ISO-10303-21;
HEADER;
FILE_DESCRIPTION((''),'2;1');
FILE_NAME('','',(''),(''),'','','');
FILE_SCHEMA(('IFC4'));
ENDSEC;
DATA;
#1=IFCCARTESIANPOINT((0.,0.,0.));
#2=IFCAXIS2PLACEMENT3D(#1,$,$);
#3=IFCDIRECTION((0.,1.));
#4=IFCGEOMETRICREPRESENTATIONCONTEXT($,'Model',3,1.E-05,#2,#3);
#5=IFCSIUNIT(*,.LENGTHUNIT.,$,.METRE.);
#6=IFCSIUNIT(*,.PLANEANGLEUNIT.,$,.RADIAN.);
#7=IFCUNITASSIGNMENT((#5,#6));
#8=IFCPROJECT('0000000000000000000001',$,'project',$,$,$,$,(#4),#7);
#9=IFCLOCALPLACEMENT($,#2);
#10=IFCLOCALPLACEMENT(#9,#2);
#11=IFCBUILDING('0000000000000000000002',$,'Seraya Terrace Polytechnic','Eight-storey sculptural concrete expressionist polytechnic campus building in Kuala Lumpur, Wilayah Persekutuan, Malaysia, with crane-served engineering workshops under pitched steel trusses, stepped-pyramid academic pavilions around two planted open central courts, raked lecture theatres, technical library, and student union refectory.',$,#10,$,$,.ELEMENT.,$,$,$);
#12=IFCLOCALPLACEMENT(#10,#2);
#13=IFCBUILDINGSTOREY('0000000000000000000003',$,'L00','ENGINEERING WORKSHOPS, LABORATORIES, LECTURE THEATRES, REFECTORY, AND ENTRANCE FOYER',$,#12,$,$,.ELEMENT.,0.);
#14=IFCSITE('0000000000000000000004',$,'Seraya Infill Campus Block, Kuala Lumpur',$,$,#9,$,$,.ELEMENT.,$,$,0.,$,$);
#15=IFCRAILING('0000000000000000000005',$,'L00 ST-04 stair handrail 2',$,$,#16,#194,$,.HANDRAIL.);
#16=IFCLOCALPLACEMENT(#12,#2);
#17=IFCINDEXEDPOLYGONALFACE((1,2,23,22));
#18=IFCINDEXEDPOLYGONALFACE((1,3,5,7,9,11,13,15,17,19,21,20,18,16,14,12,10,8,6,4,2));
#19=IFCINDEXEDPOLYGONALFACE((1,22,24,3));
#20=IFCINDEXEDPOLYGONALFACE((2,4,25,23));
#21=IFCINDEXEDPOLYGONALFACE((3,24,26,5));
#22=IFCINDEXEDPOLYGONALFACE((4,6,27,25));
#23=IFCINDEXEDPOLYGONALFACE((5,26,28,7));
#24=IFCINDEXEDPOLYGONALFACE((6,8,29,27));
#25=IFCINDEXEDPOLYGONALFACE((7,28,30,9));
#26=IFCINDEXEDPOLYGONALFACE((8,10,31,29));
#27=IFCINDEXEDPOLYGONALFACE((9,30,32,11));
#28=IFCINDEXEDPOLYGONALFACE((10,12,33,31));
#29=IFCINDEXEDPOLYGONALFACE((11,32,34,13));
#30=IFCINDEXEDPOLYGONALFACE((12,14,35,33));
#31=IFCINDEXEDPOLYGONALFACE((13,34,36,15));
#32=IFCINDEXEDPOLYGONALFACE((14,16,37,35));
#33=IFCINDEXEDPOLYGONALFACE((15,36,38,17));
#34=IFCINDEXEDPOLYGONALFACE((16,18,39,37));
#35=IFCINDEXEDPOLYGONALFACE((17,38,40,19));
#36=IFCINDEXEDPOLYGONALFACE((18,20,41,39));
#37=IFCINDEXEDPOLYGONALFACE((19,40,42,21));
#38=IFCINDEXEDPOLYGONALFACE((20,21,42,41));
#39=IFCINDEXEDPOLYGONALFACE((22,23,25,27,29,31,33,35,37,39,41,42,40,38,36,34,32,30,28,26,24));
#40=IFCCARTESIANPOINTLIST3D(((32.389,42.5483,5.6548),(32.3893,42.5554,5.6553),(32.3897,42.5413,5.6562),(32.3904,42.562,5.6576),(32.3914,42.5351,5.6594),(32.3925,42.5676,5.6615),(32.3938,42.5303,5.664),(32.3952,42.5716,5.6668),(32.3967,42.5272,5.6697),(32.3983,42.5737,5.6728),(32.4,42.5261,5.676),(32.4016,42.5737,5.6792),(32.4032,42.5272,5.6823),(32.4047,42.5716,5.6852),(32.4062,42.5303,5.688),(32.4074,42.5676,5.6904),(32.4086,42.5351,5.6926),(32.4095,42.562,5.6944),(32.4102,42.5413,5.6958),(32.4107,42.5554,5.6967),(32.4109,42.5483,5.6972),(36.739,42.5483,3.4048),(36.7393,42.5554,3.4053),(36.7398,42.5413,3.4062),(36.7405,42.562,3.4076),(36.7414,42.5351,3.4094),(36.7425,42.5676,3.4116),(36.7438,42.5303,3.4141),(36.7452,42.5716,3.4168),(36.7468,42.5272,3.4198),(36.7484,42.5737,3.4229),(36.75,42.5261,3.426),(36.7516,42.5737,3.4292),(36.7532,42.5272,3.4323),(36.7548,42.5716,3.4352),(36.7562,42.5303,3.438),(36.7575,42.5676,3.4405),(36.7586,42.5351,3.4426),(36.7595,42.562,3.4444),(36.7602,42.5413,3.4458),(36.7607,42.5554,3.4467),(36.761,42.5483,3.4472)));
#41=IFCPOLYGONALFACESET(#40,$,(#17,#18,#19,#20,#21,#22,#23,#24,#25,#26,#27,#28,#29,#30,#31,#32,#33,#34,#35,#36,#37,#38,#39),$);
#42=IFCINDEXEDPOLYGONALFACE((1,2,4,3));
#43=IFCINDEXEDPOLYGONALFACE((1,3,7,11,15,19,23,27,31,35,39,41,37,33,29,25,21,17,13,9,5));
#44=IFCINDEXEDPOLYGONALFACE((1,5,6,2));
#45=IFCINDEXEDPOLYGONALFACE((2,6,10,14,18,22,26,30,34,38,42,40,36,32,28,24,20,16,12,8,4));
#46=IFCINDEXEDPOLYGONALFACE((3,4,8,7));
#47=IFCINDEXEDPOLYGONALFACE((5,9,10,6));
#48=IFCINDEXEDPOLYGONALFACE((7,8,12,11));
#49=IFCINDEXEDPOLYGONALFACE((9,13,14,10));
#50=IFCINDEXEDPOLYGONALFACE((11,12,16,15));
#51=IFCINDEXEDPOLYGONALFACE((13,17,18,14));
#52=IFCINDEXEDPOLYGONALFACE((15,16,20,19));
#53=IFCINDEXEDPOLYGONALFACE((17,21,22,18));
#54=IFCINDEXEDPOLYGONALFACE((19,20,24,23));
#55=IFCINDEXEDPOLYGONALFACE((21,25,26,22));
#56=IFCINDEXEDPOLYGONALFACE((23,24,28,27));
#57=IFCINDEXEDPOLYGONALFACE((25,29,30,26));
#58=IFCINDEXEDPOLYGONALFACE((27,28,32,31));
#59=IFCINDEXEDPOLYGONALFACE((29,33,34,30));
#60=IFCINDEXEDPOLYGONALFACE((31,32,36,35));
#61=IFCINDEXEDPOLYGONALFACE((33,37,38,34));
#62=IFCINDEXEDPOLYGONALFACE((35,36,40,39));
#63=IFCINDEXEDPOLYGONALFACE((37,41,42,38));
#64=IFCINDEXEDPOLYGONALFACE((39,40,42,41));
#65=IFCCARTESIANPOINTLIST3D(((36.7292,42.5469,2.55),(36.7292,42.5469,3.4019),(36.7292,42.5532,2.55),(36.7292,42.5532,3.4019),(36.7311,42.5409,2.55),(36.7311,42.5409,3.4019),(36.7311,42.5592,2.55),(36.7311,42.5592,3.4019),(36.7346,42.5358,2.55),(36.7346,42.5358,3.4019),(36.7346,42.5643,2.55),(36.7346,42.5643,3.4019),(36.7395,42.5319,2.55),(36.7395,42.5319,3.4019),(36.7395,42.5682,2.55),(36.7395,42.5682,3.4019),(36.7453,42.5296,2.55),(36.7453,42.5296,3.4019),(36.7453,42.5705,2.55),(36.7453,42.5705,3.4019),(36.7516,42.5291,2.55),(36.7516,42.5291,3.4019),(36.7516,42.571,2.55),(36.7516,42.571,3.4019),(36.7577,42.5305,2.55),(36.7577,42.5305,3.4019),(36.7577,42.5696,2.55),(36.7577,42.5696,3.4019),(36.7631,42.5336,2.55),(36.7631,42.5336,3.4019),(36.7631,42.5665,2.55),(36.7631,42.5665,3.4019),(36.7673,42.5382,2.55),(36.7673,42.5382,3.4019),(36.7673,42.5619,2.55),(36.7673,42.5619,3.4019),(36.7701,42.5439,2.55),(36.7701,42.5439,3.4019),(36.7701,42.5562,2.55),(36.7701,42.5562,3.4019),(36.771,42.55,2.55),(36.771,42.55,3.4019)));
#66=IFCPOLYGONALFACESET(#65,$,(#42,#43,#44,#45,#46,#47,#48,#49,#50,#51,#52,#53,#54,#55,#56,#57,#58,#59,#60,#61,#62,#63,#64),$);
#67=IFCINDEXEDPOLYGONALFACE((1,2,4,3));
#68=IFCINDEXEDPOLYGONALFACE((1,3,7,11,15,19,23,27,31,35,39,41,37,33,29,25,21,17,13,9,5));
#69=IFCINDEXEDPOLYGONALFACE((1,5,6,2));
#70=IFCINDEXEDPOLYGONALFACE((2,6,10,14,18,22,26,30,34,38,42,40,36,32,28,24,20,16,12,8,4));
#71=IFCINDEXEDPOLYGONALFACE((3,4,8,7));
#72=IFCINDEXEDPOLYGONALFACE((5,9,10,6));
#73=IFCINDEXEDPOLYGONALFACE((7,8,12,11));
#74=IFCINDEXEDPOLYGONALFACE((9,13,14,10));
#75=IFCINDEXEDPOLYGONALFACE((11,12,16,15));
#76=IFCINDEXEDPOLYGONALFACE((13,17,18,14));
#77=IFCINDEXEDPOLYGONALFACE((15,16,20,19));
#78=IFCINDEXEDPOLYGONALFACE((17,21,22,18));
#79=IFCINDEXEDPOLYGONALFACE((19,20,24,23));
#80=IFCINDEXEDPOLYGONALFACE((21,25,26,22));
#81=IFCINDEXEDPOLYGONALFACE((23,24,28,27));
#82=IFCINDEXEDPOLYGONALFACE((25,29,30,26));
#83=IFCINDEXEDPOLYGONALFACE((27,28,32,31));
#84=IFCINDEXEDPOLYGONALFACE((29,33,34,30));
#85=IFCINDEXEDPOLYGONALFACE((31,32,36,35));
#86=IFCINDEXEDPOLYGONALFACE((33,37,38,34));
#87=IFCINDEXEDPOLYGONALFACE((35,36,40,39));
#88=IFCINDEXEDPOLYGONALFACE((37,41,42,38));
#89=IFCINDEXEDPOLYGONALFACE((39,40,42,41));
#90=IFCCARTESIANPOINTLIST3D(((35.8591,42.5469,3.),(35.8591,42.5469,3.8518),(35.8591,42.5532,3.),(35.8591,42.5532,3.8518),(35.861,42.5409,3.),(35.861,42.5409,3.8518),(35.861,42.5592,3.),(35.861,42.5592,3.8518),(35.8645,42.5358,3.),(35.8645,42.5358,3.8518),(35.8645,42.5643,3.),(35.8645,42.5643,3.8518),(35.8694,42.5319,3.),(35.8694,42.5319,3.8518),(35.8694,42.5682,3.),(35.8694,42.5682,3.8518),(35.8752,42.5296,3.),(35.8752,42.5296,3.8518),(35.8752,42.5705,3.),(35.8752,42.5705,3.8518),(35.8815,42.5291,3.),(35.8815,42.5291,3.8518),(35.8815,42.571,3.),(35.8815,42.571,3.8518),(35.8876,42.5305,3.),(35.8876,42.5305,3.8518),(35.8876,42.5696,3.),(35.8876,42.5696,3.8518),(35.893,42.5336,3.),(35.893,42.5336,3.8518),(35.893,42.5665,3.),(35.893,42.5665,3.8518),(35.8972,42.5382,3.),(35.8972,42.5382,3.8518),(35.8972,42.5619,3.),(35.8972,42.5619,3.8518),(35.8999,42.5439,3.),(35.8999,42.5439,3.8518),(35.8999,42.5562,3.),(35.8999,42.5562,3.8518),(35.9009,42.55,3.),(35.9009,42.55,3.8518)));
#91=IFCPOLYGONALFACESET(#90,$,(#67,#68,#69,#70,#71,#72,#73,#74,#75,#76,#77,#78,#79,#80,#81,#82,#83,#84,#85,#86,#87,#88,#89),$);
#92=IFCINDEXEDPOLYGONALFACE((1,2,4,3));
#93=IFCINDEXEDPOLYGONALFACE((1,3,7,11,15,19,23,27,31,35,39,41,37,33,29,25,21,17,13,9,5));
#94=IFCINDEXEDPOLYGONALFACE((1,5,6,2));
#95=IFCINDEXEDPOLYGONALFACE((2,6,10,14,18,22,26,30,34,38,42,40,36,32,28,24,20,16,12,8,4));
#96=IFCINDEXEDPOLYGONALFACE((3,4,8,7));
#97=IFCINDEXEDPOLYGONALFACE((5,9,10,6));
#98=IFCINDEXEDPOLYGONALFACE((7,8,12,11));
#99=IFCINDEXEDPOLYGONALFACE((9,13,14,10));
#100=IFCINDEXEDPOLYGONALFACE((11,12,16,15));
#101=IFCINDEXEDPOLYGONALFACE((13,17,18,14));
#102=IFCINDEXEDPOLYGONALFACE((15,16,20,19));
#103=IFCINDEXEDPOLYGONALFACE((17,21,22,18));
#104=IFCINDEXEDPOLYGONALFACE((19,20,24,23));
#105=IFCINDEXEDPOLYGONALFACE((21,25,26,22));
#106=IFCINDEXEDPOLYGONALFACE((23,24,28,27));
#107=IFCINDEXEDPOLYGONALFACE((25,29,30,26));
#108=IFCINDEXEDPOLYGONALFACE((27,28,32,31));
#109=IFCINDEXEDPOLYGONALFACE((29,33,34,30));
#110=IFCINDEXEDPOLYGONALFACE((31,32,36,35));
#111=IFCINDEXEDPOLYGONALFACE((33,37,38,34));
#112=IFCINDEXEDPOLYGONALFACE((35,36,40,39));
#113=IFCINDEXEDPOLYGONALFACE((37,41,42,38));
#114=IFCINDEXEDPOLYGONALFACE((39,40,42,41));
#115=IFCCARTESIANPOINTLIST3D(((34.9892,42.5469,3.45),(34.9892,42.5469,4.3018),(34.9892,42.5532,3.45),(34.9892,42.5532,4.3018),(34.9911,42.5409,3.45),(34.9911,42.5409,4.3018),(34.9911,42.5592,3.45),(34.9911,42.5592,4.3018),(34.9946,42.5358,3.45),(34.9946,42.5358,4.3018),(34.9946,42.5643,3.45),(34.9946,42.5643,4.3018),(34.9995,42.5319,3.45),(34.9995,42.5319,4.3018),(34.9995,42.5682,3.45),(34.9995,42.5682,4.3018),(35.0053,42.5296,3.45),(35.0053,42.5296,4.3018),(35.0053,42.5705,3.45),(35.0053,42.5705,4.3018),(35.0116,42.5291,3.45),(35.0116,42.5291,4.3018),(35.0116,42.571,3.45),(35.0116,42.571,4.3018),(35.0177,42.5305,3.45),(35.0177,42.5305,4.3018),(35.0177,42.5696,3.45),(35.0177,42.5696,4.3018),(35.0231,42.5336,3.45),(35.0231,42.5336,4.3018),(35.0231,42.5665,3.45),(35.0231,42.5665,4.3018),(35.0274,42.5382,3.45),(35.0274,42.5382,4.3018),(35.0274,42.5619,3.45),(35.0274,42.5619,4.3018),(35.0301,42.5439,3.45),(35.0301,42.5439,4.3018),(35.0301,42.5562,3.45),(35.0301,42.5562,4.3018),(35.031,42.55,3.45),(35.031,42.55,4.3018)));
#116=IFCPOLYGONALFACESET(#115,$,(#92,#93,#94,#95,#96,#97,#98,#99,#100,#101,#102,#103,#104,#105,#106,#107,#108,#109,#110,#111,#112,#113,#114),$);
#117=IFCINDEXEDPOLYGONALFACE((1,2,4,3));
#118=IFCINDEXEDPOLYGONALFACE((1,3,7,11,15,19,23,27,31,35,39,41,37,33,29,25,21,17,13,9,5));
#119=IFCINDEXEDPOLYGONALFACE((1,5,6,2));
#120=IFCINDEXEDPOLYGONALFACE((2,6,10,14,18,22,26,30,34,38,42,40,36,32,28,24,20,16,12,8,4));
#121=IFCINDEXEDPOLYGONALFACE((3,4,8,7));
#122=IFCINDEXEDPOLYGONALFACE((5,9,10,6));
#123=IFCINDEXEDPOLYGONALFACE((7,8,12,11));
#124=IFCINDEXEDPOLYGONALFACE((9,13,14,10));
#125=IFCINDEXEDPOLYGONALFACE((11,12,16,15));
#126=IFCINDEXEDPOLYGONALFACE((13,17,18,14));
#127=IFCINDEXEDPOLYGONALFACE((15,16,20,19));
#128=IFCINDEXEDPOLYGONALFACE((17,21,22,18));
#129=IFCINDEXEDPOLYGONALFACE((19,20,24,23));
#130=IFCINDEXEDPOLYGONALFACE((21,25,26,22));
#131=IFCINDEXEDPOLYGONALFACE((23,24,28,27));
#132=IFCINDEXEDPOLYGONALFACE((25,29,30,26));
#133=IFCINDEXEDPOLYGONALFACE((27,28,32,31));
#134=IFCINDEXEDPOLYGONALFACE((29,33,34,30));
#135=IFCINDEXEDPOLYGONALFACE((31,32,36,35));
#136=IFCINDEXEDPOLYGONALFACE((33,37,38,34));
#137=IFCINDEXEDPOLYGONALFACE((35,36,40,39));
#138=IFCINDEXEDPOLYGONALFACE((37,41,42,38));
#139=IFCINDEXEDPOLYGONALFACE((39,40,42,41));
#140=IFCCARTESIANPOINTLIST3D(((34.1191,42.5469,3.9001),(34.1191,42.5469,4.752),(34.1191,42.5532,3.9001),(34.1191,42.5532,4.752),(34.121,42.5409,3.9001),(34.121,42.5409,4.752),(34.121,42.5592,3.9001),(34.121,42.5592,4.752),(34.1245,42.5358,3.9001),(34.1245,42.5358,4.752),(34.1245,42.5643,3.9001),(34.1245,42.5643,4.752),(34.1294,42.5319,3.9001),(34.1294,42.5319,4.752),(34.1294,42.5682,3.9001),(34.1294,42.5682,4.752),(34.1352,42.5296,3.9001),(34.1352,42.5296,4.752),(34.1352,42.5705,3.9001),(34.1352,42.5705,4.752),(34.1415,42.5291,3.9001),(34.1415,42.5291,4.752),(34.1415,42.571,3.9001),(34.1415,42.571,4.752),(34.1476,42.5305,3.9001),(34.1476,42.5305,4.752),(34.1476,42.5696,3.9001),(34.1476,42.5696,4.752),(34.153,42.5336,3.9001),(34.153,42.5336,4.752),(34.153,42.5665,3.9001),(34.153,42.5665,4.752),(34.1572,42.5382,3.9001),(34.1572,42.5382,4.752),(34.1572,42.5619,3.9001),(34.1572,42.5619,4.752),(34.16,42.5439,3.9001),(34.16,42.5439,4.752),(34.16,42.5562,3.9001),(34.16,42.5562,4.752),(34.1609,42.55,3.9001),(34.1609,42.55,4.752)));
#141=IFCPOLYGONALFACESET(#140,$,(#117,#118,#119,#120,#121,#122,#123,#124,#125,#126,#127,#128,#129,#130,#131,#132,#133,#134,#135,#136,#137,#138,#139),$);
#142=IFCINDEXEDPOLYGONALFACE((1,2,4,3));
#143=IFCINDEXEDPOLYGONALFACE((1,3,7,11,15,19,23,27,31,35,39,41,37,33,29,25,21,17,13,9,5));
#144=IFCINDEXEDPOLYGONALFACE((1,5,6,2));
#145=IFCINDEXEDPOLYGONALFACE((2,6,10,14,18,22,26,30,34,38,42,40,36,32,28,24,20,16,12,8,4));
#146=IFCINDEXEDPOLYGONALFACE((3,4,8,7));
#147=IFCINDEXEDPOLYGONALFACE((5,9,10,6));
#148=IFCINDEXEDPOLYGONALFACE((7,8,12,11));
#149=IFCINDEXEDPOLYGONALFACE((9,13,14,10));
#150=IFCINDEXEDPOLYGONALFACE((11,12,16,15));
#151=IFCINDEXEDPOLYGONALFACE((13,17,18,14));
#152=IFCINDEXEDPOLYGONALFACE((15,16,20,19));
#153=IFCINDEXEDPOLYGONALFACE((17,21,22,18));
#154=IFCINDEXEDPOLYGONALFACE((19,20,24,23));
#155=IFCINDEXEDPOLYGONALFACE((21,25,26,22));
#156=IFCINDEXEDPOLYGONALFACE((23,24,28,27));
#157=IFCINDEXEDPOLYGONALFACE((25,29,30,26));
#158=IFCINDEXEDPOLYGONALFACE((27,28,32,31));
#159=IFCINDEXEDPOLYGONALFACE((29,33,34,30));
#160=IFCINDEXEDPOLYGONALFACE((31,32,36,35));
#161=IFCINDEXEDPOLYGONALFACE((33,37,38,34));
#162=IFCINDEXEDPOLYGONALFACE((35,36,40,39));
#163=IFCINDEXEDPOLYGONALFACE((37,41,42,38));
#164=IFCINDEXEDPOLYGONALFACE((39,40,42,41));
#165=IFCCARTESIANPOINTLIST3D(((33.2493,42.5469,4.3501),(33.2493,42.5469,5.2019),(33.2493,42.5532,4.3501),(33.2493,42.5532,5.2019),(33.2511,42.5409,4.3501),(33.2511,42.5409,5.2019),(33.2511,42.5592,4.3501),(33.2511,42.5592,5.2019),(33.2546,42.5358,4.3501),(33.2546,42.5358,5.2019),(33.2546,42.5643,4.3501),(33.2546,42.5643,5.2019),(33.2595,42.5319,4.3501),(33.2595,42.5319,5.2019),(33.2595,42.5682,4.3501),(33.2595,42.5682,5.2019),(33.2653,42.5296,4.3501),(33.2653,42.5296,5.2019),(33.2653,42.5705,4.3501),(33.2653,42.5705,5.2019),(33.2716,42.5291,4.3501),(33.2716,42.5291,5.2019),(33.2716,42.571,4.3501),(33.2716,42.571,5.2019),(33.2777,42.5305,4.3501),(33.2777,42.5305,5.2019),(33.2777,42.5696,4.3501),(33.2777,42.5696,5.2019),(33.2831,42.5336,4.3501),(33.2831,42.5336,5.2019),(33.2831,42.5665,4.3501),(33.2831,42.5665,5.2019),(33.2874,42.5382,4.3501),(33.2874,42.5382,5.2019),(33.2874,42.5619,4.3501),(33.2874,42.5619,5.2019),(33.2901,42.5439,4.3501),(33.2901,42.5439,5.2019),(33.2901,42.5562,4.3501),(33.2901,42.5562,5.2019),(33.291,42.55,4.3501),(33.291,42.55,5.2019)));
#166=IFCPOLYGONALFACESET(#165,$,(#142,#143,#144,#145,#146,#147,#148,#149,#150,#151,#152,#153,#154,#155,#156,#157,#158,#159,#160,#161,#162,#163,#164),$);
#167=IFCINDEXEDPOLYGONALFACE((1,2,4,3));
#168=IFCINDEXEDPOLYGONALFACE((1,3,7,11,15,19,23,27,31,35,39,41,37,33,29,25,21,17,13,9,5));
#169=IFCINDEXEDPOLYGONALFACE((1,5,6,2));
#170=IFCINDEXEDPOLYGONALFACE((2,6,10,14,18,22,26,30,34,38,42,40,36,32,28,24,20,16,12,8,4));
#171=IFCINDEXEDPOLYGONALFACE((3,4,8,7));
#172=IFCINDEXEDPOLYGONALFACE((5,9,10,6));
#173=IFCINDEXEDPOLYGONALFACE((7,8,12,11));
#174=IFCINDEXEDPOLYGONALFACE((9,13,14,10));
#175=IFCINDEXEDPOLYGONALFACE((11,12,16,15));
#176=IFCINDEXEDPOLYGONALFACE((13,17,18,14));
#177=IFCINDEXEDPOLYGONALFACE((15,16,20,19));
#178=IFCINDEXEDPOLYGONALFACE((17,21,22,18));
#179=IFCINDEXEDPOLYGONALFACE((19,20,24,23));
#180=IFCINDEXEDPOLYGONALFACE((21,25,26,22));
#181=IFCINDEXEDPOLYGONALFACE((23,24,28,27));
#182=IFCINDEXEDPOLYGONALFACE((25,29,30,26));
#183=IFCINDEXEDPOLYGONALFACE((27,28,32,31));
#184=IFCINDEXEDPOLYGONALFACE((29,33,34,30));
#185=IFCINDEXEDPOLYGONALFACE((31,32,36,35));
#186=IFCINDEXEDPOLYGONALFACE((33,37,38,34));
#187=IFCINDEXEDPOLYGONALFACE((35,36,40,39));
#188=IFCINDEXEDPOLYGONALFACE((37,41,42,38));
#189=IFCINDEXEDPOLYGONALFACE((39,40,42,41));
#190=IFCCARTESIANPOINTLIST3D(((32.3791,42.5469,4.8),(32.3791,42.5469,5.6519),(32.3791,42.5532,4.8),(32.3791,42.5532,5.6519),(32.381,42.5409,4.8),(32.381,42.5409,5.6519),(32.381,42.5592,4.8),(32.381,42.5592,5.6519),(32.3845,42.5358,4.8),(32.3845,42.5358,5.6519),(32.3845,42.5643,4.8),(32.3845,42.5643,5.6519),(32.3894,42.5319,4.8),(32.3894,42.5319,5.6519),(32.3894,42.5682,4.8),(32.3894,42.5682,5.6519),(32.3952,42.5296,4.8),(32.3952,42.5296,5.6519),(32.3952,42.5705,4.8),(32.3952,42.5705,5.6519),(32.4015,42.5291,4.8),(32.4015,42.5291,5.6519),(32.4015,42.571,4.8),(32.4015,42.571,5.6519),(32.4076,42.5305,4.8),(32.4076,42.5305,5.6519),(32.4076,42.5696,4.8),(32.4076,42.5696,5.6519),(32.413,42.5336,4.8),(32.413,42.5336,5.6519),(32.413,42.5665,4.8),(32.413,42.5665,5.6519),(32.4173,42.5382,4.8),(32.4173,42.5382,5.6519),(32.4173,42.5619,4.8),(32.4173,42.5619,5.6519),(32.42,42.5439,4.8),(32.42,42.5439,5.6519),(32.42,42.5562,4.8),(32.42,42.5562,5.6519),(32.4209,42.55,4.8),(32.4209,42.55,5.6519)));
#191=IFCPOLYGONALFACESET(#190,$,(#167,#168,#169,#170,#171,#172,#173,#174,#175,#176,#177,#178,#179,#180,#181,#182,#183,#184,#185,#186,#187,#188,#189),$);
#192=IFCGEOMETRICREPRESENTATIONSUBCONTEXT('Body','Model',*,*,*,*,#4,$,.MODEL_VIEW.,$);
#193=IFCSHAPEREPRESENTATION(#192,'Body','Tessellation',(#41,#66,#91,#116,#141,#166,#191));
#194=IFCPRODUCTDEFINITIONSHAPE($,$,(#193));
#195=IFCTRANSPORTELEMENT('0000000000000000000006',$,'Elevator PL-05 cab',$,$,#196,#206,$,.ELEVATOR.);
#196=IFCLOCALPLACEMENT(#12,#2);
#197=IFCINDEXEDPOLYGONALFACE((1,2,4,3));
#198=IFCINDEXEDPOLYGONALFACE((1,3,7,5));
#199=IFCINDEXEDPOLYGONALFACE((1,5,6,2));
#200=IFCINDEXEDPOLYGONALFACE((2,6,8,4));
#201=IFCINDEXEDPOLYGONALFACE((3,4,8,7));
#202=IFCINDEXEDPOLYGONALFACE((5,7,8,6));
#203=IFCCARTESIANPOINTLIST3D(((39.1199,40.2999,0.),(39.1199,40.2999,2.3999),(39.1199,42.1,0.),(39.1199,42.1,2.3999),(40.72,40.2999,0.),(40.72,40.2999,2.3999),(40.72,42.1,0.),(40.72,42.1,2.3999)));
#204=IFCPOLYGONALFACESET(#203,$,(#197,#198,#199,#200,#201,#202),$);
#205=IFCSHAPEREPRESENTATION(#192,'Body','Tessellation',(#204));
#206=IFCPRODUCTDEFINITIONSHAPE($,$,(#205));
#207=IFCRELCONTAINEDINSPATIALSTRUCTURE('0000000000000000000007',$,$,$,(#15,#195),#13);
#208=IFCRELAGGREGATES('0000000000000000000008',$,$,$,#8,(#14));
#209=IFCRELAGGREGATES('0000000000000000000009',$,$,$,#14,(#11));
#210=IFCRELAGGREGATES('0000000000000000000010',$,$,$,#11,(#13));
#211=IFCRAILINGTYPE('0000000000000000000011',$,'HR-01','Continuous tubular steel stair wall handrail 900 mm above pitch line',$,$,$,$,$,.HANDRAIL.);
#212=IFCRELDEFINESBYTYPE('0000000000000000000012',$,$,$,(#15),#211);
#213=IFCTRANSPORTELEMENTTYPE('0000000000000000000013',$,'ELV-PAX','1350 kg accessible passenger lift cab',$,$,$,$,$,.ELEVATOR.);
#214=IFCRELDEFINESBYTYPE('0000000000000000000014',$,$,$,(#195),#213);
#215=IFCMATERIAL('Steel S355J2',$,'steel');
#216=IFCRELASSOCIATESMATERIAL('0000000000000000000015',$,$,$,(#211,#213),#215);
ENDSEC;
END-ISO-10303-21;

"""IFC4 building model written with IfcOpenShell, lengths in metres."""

from ifc_helpers import new_model, si_unit, direction, frame, origin, origin_2d, place, context, subcontext, project, spatial, rectangle, circle, extrude, material, type_object, element, save


model = new_model("IFC4")

# Units and contexts
model_context = context("Model", 3, precision=1e-05, world=origin(), true_north=direction((0.0, 1.0)))
body_context = subcontext(model_context, "Body", "Model", "MODEL_VIEW")
ifc_project = project(units=[si_unit("LENGTHUNIT", "METRE"), si_unit("PLANEANGLEUNIT", "RADIAN")], contexts=[model_context])

# Site, building, storey
site_placement = place(None, origin())
site = spatial("IfcSite", under=ifc_project, at=site_placement, Name="Seraya Infill Campus Block, Kuala Lumpur", CompositionType="ELEMENT", RefElevation=0.0)
building_placement = place(site_placement, origin())
building = spatial("IfcBuilding", under=site, at=building_placement, Name="Seraya Terrace Polytechnic", Description="Eight-storey sculptural concrete expressionist polytechnic campus building in Kuala Lumpur, Wilayah Persekutuan, Malaysia, with crane-served engineering workshops under pitched steel trusses, stepped-pyramid academic pavilions around two planted open central courts, raked lecture theatres, technical library, and student union refectory.", CompositionType="ELEMENT")
storey_placement = place(building_placement, origin())
storey = spatial("IfcBuildingStorey", under=building, at=storey_placement, Name="L00", Description="ENGINEERING WORKSHOPS, LABORATORIES, LECTURE THEATRES, REFECTORY, AND ENTRANCE FOYER", CompositionType="ELEMENT", Elevation=0.0)

# Railing
ifc_material_1 = material(Name="Steel S355J2", Category="steel")
railing_type_1 = type_object("IfcRailingType", Name="HR-01", Description="Continuous tubular steel stair wall handrail 900 mm above pitch line", PredefinedType="HANDRAIL", material=ifc_material_1)
railing_1_placement = place(storey_placement, frame((36.75, 42.55, 2.55)))
element("IfcRailing", 1, at=railing_1_placement, inside=storey, type_object=railing_type_1, Name="L00 ST-04 stair handrail 2", PredefinedType="HANDRAIL", context=body_context, shape_type="SweptSolid", body=[
    extrude(circle(Radius=0.0239, at=origin_2d()), frame((0.0, 0.0, 0.876), z_axis=(-0.888222, 0.0, 0.459415), x_axis=(0.0, -1.0, 0.0)), (0.0, 0.0, 1.0), 4.8975),
    extrude(circle(Radius=0.021, at=origin_2d()), origin(), (0.0, 0.0, 1.0), 0.8518),
    extrude(circle(Radius=0.021, at=origin_2d()), frame((-0.8701, 0.0, 0.45)), (0.0, 0.0, 1.0), 0.8518),
    extrude(circle(Radius=0.021, at=origin_2d()), frame((-1.74, 0.0, 0.8999)), (0.0, 0.0, 1.0), 0.8518),
    extrude(circle(Radius=0.021, at=origin_2d()), frame((-2.6101, 0.0, 1.3501)), (0.0, 0.0, 1.0), 0.8518),
    extrude(circle(Radius=0.021, at=origin_2d()), frame((-3.48, 0.0, 1.8)), (0.0, 0.0, 1.0), 0.8518),
    extrude(circle(Radius=0.021, at=origin_2d()), frame((-4.3501, 0.0, 2.25)), (0.0, 0.0, 1.0), 0.8518),
])

# Transport element
transport_element_type = type_object("IfcTransportElementType", Name="ELV-PAX", Description="1350 kg accessible passenger lift cab", PredefinedType="ELEVATOR", material=ifc_material_1)
transport_element_placement = place(storey_placement, frame((39.9199, 41.2, 0.0), z_axis=(0.0, 0.0, 1.0), x_axis=(1.0, 0.0, 0.0)))
element("IfcTransportElement", 2, at=transport_element_placement, inside=storey, type_object=transport_element_type, Name="Elevator PL-05 cab", PredefinedType="ELEVATOR", context=body_context, shape_type="SweptSolid", body=[
    extrude(rectangle(XDim=1.6001, YDim=1.8, at=origin_2d()), origin(), (0.0, 0.0, 1.0), 2.3999),
])

save(model, "model.ifc")
